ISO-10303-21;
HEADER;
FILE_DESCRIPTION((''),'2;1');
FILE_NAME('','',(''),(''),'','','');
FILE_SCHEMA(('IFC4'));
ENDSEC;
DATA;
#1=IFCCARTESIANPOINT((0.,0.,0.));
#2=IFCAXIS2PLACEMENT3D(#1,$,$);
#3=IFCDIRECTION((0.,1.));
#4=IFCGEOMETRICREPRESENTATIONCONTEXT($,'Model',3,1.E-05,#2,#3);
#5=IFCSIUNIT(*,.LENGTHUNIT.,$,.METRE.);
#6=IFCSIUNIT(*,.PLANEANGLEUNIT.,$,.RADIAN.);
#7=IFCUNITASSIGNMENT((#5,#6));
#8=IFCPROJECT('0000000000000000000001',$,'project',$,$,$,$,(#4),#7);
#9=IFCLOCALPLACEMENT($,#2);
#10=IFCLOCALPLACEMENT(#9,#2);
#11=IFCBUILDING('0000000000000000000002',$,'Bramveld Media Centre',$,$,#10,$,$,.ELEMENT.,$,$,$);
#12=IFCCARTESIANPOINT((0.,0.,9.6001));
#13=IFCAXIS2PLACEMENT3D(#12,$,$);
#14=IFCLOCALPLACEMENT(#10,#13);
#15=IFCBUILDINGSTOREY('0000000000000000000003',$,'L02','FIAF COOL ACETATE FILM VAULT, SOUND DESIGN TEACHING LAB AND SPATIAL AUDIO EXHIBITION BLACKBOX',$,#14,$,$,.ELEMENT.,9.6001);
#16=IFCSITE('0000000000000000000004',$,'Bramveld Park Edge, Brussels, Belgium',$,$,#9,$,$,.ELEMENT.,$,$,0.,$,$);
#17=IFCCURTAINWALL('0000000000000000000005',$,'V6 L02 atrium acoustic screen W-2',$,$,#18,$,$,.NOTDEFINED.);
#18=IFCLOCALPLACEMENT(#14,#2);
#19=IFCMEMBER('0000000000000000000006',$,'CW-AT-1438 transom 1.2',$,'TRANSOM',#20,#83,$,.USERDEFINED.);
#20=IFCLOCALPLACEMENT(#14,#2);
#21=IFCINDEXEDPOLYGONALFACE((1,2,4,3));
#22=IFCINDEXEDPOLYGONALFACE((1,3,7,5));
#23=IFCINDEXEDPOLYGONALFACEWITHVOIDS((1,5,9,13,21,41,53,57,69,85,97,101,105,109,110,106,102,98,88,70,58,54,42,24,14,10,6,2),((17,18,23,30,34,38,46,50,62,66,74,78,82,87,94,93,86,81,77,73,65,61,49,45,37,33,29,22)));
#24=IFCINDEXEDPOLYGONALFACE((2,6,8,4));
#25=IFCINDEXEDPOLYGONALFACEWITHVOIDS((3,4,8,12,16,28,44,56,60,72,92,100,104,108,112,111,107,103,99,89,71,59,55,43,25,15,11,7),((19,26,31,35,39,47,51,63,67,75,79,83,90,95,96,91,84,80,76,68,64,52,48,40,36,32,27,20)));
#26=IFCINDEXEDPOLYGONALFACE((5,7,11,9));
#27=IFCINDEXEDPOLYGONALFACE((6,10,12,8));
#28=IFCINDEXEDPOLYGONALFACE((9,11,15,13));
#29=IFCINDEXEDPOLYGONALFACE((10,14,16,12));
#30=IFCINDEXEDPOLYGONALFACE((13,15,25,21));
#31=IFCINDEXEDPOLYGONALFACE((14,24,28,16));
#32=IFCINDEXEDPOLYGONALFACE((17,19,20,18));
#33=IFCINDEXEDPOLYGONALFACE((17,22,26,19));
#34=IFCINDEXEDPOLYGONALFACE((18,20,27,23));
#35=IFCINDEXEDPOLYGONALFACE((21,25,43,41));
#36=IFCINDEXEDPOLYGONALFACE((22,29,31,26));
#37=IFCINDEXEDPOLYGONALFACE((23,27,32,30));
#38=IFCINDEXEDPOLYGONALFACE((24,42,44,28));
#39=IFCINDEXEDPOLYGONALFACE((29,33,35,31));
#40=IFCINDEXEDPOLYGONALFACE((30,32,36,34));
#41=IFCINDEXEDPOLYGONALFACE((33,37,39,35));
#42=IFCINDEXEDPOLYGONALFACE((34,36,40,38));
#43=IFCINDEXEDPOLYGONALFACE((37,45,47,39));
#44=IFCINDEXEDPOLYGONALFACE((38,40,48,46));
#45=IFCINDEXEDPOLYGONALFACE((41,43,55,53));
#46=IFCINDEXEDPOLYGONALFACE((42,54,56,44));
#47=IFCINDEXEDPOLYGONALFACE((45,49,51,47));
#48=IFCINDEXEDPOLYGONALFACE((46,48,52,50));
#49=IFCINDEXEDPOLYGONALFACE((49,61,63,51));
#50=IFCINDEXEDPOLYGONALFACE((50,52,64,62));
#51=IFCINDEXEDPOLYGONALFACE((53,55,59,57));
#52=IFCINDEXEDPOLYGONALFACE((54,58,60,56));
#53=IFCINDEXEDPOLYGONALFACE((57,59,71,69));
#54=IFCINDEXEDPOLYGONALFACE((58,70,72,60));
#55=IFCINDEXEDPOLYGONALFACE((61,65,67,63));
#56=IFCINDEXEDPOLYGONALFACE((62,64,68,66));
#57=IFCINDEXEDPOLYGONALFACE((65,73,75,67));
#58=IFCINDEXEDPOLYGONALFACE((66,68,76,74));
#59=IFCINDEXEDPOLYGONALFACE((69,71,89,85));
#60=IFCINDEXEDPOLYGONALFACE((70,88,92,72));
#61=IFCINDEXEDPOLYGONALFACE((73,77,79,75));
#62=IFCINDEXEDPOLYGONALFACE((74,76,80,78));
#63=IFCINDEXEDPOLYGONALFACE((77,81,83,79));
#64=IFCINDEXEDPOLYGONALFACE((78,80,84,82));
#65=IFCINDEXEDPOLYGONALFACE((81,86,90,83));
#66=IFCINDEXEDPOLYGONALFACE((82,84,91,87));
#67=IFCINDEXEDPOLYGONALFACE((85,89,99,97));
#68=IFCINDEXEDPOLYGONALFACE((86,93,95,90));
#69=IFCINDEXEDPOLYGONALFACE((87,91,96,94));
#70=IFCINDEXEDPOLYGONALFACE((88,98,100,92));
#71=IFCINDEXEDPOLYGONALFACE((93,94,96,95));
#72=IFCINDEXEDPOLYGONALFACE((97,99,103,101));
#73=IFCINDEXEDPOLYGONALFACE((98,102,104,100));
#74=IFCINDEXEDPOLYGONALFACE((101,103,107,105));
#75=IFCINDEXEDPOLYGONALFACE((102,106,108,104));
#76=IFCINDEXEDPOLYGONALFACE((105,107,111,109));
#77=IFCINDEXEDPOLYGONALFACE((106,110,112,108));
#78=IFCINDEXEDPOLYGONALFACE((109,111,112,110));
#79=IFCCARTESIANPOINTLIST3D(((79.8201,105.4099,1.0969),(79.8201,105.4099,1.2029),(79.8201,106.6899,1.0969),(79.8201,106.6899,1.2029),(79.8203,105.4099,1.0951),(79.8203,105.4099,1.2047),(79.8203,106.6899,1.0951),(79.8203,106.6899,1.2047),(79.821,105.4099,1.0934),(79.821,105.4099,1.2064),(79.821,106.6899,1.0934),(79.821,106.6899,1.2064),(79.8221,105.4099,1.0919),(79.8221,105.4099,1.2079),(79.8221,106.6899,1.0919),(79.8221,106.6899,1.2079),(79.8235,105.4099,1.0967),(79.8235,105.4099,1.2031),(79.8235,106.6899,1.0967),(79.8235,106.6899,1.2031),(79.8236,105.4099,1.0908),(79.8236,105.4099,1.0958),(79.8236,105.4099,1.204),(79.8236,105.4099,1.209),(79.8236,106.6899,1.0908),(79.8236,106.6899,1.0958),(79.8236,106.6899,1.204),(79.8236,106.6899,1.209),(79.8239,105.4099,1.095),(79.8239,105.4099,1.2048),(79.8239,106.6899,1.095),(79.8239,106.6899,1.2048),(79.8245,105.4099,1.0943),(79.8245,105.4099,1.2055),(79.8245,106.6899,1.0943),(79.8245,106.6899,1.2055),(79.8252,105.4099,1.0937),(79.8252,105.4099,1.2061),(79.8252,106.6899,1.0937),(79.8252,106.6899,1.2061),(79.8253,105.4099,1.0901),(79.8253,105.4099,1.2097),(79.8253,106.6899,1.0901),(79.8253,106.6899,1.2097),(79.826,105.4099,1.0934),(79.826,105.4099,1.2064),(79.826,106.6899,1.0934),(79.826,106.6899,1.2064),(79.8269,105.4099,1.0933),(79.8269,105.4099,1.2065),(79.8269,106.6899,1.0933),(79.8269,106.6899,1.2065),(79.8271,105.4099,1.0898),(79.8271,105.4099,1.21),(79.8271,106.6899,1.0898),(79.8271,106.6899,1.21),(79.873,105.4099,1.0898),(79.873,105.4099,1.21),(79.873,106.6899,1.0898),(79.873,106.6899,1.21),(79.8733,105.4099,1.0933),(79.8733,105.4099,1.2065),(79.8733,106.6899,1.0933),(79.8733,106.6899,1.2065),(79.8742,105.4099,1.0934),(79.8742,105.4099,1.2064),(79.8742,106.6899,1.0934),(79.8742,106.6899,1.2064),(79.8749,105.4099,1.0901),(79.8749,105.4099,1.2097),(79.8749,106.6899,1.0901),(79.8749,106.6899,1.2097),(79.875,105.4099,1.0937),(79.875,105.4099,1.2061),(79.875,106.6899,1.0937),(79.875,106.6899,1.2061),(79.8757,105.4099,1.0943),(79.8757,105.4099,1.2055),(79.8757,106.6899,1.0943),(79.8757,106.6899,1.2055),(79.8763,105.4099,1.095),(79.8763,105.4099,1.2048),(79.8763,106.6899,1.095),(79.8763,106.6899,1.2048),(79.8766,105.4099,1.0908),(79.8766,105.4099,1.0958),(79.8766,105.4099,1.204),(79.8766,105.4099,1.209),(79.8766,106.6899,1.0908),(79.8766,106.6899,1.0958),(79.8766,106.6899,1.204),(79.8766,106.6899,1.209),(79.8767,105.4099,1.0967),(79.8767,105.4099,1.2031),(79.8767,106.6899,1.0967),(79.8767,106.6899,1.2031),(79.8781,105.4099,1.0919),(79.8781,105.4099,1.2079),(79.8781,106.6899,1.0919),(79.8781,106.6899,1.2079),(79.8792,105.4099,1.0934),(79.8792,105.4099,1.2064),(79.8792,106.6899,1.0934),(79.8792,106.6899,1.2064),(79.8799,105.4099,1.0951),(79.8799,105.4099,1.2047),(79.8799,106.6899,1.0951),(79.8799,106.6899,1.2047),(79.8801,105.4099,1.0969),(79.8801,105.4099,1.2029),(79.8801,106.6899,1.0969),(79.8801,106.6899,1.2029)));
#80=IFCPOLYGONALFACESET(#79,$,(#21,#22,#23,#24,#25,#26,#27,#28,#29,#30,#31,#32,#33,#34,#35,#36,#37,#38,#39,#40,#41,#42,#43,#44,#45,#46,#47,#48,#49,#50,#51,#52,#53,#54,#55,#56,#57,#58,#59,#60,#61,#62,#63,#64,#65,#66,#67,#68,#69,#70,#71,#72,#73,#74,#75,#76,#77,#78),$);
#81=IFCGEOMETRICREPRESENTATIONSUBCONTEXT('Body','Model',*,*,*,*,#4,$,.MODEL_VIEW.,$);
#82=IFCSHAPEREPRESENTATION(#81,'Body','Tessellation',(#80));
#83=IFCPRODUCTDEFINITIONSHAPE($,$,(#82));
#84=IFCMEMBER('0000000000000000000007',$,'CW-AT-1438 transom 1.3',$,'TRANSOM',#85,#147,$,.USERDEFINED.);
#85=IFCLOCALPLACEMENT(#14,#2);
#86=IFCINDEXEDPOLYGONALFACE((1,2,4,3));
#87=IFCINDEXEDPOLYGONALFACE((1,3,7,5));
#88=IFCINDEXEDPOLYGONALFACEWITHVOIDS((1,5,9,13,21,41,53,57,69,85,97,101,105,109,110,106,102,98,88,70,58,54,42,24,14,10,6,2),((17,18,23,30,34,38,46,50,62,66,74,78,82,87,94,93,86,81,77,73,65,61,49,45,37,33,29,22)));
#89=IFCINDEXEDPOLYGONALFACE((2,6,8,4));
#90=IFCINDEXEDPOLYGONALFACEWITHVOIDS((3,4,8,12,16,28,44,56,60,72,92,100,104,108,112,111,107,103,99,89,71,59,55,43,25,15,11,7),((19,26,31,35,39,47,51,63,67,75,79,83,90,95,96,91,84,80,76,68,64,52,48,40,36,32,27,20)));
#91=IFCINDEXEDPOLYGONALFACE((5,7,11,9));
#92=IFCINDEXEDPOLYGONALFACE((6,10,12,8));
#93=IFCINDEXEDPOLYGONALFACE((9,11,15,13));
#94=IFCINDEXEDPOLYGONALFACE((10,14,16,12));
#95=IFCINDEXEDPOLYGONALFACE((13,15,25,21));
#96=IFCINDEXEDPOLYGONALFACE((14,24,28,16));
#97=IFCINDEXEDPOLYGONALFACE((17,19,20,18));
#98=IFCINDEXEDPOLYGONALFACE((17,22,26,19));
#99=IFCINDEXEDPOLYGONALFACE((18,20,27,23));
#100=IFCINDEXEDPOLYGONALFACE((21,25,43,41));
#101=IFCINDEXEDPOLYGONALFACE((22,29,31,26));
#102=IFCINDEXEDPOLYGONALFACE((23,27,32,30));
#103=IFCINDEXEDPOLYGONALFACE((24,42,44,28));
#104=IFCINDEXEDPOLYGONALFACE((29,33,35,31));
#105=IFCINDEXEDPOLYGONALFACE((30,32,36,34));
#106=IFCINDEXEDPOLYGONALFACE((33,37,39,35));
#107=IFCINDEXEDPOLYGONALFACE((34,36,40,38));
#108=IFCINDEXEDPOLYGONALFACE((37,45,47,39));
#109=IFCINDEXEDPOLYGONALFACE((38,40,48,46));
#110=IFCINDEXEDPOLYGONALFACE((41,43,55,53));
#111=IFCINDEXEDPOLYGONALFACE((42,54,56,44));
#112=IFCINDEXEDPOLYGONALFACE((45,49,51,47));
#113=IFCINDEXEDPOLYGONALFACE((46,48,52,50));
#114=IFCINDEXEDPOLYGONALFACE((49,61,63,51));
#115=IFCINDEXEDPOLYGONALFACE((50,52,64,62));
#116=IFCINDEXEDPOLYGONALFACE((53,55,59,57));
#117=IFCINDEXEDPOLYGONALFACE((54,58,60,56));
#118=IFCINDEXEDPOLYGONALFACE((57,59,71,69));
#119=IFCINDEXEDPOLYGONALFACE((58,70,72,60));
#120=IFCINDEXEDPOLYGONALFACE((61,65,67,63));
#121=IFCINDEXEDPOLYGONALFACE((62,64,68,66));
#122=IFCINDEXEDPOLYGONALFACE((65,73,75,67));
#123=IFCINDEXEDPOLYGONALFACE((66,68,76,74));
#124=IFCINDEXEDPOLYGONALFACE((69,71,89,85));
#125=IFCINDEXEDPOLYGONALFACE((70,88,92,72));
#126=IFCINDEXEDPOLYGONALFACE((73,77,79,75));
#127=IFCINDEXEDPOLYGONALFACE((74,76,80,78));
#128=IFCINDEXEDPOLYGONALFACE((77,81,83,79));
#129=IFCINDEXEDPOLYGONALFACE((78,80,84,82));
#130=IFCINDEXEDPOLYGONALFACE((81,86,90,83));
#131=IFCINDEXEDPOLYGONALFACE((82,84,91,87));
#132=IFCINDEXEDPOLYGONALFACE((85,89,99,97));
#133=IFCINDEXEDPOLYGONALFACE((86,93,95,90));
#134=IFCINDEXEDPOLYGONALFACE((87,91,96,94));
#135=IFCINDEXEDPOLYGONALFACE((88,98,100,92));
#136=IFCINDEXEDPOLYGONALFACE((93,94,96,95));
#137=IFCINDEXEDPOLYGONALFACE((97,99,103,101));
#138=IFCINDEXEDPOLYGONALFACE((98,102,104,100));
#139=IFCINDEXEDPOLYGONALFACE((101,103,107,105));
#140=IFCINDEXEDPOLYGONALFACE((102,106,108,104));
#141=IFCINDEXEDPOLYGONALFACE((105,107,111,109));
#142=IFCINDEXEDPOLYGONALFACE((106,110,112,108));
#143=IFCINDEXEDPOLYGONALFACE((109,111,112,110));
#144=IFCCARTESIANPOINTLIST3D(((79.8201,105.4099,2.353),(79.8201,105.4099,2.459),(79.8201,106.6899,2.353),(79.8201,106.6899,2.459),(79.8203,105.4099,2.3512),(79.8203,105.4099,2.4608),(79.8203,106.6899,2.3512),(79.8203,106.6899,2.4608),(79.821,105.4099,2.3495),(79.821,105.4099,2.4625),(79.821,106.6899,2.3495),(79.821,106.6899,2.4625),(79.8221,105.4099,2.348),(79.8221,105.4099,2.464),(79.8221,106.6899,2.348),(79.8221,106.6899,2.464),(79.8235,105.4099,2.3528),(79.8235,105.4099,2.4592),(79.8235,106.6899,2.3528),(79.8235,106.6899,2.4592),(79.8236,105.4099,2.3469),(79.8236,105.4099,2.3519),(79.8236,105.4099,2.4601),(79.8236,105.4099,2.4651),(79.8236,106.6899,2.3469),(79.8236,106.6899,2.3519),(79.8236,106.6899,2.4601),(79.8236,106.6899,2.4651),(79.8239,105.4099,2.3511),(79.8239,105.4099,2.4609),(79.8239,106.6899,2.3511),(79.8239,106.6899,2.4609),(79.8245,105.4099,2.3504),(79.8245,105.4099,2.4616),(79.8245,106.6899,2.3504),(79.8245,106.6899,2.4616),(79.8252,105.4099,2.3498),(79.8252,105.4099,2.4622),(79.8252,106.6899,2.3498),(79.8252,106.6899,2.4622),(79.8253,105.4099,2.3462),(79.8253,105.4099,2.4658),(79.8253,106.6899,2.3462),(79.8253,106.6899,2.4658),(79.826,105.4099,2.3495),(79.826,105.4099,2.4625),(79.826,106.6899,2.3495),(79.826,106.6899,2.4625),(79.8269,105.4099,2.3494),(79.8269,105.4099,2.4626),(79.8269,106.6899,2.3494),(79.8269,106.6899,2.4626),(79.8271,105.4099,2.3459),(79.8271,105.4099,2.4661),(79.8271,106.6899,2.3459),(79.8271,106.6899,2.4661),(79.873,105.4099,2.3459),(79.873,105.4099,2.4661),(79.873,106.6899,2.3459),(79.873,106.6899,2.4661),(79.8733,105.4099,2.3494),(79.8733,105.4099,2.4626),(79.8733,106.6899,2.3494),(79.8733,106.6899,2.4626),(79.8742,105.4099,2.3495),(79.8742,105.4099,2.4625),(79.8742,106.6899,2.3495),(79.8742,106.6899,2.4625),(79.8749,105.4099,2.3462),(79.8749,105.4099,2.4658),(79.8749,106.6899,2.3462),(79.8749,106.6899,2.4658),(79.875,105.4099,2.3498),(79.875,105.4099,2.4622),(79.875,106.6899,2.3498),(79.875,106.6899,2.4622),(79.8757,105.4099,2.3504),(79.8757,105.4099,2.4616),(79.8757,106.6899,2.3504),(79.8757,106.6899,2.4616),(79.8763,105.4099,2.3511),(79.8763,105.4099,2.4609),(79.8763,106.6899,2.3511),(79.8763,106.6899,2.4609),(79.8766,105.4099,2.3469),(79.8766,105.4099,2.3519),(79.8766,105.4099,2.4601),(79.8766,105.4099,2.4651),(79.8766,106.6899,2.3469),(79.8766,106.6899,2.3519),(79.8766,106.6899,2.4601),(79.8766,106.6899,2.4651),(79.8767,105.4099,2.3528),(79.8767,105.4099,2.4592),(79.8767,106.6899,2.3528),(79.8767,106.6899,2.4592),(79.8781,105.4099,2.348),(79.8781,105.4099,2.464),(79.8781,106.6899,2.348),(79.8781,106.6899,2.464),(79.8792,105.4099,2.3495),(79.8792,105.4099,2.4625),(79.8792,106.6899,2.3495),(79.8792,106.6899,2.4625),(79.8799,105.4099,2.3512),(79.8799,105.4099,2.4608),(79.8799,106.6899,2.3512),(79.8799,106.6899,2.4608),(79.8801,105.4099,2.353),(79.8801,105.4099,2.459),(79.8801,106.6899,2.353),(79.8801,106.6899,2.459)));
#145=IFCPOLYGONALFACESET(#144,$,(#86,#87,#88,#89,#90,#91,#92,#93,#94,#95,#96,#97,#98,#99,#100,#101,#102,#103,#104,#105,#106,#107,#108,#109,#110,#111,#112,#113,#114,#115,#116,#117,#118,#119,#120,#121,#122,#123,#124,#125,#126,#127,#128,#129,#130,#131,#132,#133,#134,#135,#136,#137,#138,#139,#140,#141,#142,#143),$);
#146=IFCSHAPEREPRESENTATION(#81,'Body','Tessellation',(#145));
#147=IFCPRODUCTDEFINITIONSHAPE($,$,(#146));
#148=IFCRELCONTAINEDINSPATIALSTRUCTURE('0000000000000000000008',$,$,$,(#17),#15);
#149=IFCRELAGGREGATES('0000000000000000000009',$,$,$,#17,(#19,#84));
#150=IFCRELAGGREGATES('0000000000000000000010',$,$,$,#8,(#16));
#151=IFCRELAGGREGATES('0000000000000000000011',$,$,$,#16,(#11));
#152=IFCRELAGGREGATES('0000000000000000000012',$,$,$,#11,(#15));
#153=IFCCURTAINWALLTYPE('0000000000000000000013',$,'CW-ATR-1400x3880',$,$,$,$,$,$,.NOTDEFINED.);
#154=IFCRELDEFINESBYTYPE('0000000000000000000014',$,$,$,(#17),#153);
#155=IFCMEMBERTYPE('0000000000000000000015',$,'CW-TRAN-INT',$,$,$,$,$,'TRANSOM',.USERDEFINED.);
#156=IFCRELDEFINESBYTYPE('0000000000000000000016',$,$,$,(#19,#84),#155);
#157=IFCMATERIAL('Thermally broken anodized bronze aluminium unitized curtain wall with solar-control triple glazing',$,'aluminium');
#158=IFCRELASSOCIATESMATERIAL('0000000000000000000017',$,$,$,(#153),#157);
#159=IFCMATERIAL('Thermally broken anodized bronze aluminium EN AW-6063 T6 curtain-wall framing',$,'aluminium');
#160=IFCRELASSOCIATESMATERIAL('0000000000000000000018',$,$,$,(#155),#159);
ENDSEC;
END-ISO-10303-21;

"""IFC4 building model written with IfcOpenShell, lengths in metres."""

from ifc_helpers import new_model, si_unit, direction, frame, origin, origin_2d, place, context, subcontext, project, spatial, hollow_rectangle, extrude, material, material_profile, profile_set, type_object, element, aggregate, save


model = new_model("IFC4")

# Units and contexts
model_context = context("Model", 3, precision=1e-05, world=origin(), true_north=direction((0.0, 1.0)))
body_context = subcontext(model_context, "Body", "Model", "MODEL_VIEW")
ifc_project = project(units=[si_unit("LENGTHUNIT", "METRE"), si_unit("PLANEANGLEUNIT", "RADIAN")], contexts=[model_context])

# Site, building, storey
site_placement = place(None, origin())
site = spatial("IfcSite", under=ifc_project, at=site_placement, Name="Bramveld Park Edge, Brussels, Belgium", CompositionType="ELEMENT", RefElevation=0.0)
building_placement = place(site_placement, origin())
building = spatial("IfcBuilding", under=site, at=building_placement, Name="Bramveld Media Centre", CompositionType="ELEMENT")
storey_placement = place(building_placement, frame((0.0, 0.0, 9.6001)))
storey = spatial("IfcBuildingStorey", under=building, at=storey_placement, Name="L02", Description="FIAF COOL ACETATE FILM VAULT, SOUND DESIGN TEACHING LAB AND SPATIAL AUDIO EXHIBITION BLACKBOX", CompositionType="ELEMENT", Elevation=9.6001)

# Curtain wall
ifc_material_1 = material(Name="Thermally broken anodized bronze aluminium unitized curtain wall with solar-control triple glazing", Category="aluminium")
curtain_wall_type_1 = type_object("IfcCurtainWallType", Name="CW-ATR-1400x3880", PredefinedType="NOTDEFINED", material=ifc_material_1)
curtain_wall_1_placement = place(storey_placement, origin())
curtain_wall_1 = element("IfcCurtainWall", 1, at=curtain_wall_1_placement, inside=storey, type_object=curtain_wall_type_1, Name="V6 L02 atrium acoustic screen W-2", PredefinedType="NOTDEFINED")

# Members
ifc_material_2 = material(Name="Thermally broken anodized bronze aluminium EN AW-6063 T6 curtain-wall framing", Category="aluminium")
ifc_material_profile_1 = material_profile(ifc_material_2, hollow_rectangle(XDim=0.0601, YDim=0.1201, WallThickness=0.0034, InnerFilletRadius=0.0034, OuterFilletRadius=0.0071, at=origin_2d()), Name="AL-TRAN 60x120")
ifc_profile_set_1 = profile_set([ifc_material_profile_1], Name="Thermally broken anodized bronze aluminium EN AW-6063 T6 curtain-wall framing")
member_type_1 = type_object("IfcMemberType", Name="CW-TRAN-INT", ElementType="TRANSOM", PredefinedType="USERDEFINED", material=ifc_profile_set_1)
member_1_placement = place(storey_placement, frame((79.8501, 105.4099, 1.1499), z_axis=(0.0, 1.0, 0.0), x_axis=(-1.0, 0.0, 0.0)))
member_1 = element("IfcMember", 2, at=member_1_placement, type_object=member_type_1, Name="CW-AT-1438 transom 1.2", ObjectType="TRANSOM", PredefinedType="USERDEFINED", context=body_context, shape_type="SweptSolid", body=[
    extrude(hollow_rectangle(XDim=0.0601, YDim=0.1201, WallThickness=0.0034, InnerFilletRadius=0.0034, OuterFilletRadius=0.0071, at=origin_2d()), origin(), (0.0, 0.0, 1.0), 1.28),
])
member_2_placement = place(storey_placement, frame((79.8501, 105.4099, 2.406), z_axis=(0.0, 1.0, 0.0), x_axis=(-1.0, 0.0, 0.0)))
member_2 = element("IfcMember", 3, at=member_2_placement, type_object=member_type_1, Name="CW-AT-1438 transom 1.3", ObjectType="TRANSOM", PredefinedType="USERDEFINED", context=body_context, shape_type="SweptSolid", body=[
    extrude(hollow_rectangle(XDim=0.0601, YDim=0.1201, WallThickness=0.0034, InnerFilletRadius=0.0034, OuterFilletRadius=0.0071, at=origin_2d()), origin(), (0.0, 0.0, 1.0), 1.28),
])

aggregate(curtain_wall_1, [member_1, member_2])

save(model, "model.ifc")
